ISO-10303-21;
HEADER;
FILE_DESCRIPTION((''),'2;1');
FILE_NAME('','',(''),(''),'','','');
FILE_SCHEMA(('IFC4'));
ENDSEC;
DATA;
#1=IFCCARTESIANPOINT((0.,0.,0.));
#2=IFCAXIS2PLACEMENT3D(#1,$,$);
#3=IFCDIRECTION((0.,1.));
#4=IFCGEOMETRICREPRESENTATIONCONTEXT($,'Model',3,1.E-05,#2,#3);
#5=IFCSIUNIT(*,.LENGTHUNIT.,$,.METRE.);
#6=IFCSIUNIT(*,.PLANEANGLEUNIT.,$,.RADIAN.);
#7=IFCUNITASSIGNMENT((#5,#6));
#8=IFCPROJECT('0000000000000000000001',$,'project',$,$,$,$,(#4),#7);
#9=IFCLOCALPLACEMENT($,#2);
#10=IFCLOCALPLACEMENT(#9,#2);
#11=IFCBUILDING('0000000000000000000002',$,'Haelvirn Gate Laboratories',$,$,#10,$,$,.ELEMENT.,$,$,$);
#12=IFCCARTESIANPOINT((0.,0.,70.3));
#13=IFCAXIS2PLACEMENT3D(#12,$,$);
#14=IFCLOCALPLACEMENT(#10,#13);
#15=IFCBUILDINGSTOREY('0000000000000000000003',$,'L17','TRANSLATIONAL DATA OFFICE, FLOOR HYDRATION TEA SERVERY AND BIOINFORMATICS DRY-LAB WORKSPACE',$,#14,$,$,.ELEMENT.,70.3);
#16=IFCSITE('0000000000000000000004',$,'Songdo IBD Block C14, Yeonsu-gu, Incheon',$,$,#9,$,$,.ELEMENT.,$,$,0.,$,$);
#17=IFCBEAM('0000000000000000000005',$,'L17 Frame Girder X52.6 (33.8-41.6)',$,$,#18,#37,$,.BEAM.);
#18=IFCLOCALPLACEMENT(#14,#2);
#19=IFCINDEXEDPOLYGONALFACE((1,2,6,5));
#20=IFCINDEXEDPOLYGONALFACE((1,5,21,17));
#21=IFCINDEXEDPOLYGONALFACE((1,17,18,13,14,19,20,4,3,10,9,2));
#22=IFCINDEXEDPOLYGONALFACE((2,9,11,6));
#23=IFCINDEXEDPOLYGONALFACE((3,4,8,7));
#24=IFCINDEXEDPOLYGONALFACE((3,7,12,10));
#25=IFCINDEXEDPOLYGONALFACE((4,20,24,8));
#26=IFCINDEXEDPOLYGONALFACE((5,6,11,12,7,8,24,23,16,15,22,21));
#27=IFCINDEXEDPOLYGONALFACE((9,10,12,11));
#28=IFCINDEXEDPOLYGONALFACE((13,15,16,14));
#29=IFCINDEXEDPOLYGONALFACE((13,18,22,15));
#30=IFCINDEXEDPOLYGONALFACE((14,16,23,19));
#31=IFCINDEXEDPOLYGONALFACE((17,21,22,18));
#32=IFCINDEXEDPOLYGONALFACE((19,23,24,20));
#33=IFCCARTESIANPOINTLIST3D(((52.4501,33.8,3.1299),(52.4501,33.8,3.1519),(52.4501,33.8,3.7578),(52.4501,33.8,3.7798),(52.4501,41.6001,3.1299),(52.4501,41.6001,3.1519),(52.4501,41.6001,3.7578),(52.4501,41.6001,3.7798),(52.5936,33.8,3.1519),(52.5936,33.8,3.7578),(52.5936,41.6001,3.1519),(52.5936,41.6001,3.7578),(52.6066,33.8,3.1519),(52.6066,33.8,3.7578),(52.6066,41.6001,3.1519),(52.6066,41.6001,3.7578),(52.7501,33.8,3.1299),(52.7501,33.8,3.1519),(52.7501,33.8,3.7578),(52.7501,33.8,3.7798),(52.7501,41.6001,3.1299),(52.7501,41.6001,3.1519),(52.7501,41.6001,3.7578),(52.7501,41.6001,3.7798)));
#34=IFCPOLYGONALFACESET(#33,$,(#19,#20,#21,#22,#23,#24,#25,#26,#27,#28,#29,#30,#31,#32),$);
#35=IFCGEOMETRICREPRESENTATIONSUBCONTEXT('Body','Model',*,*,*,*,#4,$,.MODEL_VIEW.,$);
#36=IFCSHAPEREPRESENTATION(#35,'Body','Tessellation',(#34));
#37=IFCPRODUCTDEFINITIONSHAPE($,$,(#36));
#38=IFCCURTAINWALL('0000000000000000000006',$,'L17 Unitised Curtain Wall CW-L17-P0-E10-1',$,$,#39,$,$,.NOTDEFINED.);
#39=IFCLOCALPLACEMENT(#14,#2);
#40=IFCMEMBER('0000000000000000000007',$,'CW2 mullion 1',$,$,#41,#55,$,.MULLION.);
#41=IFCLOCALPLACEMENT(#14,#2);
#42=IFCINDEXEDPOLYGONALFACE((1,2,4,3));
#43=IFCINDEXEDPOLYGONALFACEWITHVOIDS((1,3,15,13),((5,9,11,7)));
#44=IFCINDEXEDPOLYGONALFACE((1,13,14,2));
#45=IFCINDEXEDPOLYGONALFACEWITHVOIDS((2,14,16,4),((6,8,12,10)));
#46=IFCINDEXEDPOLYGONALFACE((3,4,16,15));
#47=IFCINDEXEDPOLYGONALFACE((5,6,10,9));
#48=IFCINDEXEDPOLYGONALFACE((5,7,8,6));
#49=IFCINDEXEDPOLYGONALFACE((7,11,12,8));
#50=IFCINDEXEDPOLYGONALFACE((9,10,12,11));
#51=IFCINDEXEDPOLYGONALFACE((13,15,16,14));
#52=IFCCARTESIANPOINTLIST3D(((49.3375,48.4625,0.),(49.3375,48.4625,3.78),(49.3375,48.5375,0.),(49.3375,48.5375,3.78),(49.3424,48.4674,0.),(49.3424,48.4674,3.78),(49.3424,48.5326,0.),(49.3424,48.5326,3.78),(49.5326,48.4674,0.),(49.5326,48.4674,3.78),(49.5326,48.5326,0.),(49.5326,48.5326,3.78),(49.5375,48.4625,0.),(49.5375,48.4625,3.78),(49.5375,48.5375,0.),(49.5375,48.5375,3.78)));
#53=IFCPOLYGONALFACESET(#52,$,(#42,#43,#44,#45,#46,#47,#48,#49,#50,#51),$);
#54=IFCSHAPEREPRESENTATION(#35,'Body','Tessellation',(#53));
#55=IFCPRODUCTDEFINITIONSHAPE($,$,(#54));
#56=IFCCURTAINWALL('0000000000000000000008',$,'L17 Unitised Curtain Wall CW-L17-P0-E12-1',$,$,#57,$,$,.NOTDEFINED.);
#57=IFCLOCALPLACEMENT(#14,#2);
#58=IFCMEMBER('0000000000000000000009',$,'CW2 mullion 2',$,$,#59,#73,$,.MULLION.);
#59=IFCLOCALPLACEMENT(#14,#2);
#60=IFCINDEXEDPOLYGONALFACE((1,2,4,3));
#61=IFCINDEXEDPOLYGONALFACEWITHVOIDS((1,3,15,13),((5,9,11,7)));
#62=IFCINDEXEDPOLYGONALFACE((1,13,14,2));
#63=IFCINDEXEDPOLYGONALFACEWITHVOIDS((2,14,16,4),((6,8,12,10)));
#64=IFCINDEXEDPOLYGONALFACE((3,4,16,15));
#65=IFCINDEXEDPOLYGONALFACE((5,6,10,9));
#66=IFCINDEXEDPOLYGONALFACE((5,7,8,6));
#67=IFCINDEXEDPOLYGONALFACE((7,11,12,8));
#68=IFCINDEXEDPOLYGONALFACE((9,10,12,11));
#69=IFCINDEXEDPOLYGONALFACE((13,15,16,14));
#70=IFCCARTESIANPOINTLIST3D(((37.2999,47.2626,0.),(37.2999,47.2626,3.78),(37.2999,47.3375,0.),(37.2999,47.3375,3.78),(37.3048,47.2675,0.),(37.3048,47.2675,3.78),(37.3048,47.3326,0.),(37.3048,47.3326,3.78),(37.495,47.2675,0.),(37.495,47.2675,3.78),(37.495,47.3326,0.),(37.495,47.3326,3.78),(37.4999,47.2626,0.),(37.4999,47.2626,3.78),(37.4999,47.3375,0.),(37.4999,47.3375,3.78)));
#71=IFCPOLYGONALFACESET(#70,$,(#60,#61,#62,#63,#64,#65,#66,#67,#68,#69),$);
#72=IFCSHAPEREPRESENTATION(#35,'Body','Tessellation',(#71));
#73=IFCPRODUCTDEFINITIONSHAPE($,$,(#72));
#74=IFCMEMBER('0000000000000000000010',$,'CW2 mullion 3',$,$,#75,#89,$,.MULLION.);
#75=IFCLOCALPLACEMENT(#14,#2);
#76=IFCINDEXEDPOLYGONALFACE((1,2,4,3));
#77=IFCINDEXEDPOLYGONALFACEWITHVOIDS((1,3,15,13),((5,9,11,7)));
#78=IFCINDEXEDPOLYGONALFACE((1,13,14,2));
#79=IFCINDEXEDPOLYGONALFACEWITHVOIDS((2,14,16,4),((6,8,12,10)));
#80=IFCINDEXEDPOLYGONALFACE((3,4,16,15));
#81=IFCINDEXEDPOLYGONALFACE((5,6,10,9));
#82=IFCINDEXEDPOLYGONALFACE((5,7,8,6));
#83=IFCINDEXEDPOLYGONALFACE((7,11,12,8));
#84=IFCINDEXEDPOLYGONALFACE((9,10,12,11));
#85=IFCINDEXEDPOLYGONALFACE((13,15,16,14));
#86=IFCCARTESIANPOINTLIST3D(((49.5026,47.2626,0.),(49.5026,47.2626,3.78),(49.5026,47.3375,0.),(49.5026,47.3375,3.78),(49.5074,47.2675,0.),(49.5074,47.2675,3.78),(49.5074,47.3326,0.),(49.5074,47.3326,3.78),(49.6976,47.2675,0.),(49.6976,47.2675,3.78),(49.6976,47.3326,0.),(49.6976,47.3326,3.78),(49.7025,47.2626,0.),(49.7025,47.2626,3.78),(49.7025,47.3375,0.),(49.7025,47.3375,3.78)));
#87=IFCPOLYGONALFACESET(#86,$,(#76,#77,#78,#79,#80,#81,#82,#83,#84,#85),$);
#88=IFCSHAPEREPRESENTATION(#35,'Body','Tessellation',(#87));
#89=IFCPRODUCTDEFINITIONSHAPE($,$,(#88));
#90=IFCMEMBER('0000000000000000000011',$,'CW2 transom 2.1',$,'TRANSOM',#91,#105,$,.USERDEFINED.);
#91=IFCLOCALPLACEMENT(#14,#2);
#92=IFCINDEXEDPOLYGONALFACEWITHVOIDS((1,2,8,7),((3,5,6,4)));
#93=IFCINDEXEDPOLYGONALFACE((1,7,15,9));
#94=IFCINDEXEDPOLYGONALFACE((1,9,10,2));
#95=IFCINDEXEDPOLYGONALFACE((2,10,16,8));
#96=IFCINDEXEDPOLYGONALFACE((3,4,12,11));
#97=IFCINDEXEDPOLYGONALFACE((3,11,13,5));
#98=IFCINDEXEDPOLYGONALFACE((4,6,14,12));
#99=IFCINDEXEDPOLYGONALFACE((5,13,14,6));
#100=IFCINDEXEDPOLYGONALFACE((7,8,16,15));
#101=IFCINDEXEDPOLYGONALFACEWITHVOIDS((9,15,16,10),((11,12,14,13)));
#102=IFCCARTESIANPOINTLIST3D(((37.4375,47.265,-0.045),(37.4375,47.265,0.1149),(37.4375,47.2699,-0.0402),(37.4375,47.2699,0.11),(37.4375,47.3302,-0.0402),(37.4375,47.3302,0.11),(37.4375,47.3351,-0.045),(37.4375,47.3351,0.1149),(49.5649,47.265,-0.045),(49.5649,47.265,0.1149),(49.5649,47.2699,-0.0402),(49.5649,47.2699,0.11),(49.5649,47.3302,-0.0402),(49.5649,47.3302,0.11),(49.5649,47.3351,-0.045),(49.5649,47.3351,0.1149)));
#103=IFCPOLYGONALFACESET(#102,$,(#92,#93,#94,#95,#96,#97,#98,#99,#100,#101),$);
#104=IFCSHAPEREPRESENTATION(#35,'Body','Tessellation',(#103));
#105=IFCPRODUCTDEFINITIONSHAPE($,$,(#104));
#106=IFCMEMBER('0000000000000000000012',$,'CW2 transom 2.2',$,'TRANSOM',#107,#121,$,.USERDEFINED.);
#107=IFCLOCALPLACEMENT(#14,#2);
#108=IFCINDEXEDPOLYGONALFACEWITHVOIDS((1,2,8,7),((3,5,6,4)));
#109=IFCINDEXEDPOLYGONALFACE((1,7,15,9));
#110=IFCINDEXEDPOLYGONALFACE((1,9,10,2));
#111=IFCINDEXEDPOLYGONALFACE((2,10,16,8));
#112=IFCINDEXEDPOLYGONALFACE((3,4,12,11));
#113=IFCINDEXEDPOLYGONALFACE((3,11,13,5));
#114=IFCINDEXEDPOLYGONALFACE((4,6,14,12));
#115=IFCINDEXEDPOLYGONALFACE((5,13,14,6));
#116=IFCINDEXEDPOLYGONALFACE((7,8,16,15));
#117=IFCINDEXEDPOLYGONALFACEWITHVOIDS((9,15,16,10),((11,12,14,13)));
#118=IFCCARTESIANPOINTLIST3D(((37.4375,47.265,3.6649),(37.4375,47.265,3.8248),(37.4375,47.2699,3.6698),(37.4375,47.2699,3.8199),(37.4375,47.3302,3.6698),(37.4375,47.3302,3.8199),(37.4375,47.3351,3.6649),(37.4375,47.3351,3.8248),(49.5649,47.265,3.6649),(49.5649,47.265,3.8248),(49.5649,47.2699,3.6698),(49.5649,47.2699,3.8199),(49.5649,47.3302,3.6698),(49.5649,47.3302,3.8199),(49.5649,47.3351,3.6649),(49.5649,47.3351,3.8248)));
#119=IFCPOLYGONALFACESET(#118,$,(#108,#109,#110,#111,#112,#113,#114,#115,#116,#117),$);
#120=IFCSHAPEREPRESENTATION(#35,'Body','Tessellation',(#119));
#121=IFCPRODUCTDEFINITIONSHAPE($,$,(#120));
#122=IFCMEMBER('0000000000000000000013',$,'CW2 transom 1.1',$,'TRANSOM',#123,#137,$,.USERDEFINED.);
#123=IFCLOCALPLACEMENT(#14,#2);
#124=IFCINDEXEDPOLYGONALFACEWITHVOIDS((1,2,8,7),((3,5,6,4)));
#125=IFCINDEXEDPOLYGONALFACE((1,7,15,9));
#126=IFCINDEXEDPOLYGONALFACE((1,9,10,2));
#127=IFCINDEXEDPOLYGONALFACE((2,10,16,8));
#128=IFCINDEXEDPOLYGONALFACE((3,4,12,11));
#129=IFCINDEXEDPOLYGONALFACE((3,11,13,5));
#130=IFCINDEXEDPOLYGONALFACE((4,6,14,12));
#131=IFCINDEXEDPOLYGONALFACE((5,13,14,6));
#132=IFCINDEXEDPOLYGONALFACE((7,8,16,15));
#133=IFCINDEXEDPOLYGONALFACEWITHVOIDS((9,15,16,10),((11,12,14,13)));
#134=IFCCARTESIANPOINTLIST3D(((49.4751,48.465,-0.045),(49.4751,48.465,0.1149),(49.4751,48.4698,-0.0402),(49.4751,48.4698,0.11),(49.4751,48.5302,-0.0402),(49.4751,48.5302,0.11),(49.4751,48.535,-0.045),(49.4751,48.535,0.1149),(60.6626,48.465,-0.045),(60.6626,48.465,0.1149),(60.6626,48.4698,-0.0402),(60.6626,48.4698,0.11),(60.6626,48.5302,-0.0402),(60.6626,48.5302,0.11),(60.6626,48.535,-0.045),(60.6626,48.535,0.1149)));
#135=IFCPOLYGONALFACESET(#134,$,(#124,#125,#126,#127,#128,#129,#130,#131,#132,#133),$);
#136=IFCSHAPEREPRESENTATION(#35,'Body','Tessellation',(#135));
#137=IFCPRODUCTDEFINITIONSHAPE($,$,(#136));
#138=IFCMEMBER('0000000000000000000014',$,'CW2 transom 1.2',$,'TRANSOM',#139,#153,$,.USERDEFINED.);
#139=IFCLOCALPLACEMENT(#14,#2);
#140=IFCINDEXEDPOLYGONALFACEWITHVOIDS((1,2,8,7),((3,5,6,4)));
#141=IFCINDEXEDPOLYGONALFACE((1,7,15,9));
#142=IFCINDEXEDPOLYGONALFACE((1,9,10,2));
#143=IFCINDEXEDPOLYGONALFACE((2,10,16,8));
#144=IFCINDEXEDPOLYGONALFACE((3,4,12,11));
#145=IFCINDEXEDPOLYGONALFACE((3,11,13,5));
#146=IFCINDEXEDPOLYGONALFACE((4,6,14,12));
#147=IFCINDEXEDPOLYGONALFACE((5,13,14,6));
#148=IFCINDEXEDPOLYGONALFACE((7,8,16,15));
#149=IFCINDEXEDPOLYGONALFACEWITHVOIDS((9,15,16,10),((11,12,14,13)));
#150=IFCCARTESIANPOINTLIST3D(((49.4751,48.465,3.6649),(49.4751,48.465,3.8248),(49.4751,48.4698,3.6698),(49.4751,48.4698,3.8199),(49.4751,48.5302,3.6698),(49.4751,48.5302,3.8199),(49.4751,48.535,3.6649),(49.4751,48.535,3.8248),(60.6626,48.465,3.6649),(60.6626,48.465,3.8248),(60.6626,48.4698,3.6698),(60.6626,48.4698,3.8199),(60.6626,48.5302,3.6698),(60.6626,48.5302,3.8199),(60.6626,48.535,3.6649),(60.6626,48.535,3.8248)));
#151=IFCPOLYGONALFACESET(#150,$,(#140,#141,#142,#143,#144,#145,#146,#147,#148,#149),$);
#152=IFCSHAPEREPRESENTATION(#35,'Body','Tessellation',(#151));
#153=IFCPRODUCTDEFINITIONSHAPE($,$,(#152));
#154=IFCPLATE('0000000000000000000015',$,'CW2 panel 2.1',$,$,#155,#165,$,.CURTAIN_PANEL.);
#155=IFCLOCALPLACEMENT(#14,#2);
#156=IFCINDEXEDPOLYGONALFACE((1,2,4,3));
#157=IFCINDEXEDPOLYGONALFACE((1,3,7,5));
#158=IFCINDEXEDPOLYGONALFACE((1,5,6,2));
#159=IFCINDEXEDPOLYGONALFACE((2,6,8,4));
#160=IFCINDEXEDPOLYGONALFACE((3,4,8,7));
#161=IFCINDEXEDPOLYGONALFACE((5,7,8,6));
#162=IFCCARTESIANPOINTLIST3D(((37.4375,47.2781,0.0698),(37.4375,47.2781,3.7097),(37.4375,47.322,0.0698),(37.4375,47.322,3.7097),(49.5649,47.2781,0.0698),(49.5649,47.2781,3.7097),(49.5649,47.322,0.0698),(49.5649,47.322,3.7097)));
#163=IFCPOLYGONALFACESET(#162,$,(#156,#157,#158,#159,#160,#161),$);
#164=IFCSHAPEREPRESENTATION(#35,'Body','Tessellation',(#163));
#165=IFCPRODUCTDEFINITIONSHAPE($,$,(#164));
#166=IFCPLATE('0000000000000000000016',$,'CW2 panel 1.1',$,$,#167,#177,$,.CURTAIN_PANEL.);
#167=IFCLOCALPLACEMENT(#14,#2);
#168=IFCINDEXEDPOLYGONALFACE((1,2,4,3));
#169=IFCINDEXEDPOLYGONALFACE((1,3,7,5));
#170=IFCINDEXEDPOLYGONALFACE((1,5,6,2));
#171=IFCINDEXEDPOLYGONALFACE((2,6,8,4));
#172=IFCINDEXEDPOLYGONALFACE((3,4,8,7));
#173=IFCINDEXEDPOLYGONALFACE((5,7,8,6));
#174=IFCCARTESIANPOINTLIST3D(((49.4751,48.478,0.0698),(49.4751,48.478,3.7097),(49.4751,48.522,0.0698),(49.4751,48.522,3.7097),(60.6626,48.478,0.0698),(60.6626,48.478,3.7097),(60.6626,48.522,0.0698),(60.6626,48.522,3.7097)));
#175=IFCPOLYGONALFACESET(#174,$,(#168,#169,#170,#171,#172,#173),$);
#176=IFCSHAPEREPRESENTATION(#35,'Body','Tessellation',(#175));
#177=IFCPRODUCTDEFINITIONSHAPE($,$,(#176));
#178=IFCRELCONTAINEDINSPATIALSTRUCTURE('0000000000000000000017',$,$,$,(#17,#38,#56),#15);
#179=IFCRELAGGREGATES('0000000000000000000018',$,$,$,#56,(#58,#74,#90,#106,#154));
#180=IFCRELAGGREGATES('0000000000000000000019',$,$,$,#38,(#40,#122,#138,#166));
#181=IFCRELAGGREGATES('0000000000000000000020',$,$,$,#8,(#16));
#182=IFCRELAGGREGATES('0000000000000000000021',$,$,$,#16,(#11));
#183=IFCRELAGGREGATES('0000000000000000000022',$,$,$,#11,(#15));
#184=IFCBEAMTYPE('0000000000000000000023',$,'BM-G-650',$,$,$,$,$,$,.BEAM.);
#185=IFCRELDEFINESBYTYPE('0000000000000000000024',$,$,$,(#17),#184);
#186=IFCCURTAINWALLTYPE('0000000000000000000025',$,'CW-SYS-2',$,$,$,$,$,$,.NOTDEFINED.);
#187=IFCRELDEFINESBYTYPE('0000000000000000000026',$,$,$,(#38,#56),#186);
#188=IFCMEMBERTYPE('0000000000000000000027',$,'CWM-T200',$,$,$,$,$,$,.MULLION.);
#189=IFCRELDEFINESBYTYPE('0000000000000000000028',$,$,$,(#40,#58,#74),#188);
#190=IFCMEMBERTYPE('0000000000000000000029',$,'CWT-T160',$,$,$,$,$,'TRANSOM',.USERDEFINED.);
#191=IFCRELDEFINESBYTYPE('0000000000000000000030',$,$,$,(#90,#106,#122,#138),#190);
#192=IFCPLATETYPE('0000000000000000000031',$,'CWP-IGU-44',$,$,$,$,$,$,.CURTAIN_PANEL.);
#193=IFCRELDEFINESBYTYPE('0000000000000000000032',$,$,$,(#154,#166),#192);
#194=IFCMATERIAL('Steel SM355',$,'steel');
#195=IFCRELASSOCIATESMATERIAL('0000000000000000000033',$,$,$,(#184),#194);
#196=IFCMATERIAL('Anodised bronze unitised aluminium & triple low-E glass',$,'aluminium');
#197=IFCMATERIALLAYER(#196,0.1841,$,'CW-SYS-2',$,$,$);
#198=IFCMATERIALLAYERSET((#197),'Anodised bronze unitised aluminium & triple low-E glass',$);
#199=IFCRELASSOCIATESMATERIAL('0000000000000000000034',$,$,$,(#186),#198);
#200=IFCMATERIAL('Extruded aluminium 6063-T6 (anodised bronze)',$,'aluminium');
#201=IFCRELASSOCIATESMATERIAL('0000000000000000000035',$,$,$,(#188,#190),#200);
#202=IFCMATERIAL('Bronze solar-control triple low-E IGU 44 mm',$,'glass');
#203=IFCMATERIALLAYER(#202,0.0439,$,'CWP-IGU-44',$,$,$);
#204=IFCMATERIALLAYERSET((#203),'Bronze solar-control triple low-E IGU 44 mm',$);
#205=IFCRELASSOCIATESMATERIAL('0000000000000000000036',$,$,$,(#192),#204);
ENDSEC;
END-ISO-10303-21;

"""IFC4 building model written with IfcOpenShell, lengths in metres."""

from ifc_helpers import new_model, si_unit, direction, frame, origin, origin_2d, place, context, subcontext, project, spatial, rectangle, hollow_rectangle, i_section, extrude, source, transform, mapped, material, layer, layer_set, material_profile, profile_set, type_object, type_shapes, element, aggregate, save


model = new_model("IFC4")

# Units and contexts
model_context = context("Model", 3, precision=1e-05, world=origin(), true_north=direction((0.0, 1.0)))
body_context = subcontext(model_context, "Body", "Model", "MODEL_VIEW")
ifc_project = project(units=[si_unit("LENGTHUNIT", "METRE"), si_unit("PLANEANGLEUNIT", "RADIAN")], contexts=[model_context])

# Site, building, storey
site_placement = place(None, origin())
site = spatial("IfcSite", under=ifc_project, at=site_placement, Name="Songdo IBD Block C14, Yeonsu-gu, Incheon", CompositionType="ELEMENT", RefElevation=0.0)
building_placement = place(site_placement, origin())
building = spatial("IfcBuilding", under=site, at=building_placement, Name="Haelvirn Gate Laboratories", CompositionType="ELEMENT")
storey_placement = place(building_placement, frame((0.0, 0.0, 70.3)))
storey = spatial("IfcBuildingStorey", under=building, at=storey_placement, Name="L17", Description="TRANSLATIONAL DATA OFFICE, FLOOR HYDRATION TEA SERVERY AND BIOINFORMATICS DRY-LAB WORKSPACE", CompositionType="ELEMENT", Elevation=70.3)

# Beam
ifc_material_1 = material(Name="Steel SM355", Category="steel")
ifc_material_profile_1 = material_profile(ifc_material_1, i_section(OverallWidth=0.3, OverallDepth=0.6499, WebThickness=0.0129, FlangeThickness=0.022, at=origin_2d()), Name="H-650x300x13x22")
ifc_profile_set_1 = profile_set([ifc_material_profile_1], Name="Steel SM355")
beam_type_1 = type_object("IfcBeamType", Name="BM-G-650", PredefinedType="BEAM", material=ifc_profile_set_1)
shared_shape_1 = source(origin(), body_context, "Body", "SweptSolid", [
    extrude(i_section(OverallWidth=0.3, OverallDepth=0.6499, WebThickness=0.0129, FlangeThickness=0.022, at=origin_2d()), origin(), (0.0, 0.0, 1.0), 7.8),
])
type_shapes(beam_type_1, [shared_shape_1])
beam_1_placement = place(storey_placement, frame((52.6001, 33.8, 3.4548), z_axis=(0.0, 1.0, 0.0), x_axis=(-1.0, 0.0, 0.0)))
element("IfcBeam", 1, at=beam_1_placement, inside=storey, type_object=beam_type_1, Name="L17 Frame Girder X52.6 (33.8-41.6)", PredefinedType="BEAM", context=body_context, shape_type="MappedRepresentation", body=[
    mapped(shared_shape_1, transform((0.0, 0.0, 0.0), scale=1.0)),
])

# Curtain wall, member
ifc_material_2 = material(Name="Anodised bronze unitised aluminium & triple low-E glass", Category="aluminium")
ifc_layer_1 = layer(ifc_material_2, 0.1841, Name="CW-SYS-2")
ifc_layer_set_1 = layer_set([ifc_layer_1], Name="Anodised bronze unitised aluminium & triple low-E glass")
curtain_wall_type = type_object("IfcCurtainWallType", Name="CW-SYS-2", PredefinedType="NOTDEFINED", material=ifc_layer_set_1)
curtain_wall_1_placement = place(storey_placement, origin())
curtain_wall_1 = element("IfcCurtainWall", 2, at=curtain_wall_1_placement, inside=storey, type_object=curtain_wall_type, Name="L17 Unitised Curtain Wall CW-L17-P0-E10-1", PredefinedType="NOTDEFINED")
ifc_material_3 = material(Name="Extruded aluminium 6063-T6 (anodised bronze)", Category="aluminium")
ifc_material_profile_2 = material_profile(ifc_material_3, hollow_rectangle(XDim=0.075, YDim=0.2, WallThickness=0.0049, at=origin_2d()), Name="CWM-200x75x5")
ifc_profile_set_2 = profile_set([ifc_material_profile_2], Name="Extruded aluminium 6063-T6 (anodised bronze)")
member_type_1 = type_object("IfcMemberType", Name="CWM-T200", PredefinedType="MULLION", material=ifc_profile_set_2)
shared_shape_2 = source(origin(), body_context, "Body", "SweptSolid", [
    extrude(hollow_rectangle(XDim=0.075, YDim=0.2, WallThickness=0.0049, at=origin_2d()), origin(), (0.0, 0.0, 1.0), 3.78),
])
type_shapes(member_type_1, [shared_shape_2])
member_1_placement = place(storey_placement, frame((49.4375, 48.5, 0.0), z_axis=(0.0, 0.0, 1.0), x_axis=(0.0, 1.0, 0.0)))
member_1 = element("IfcMember", 3, at=member_1_placement, type_object=member_type_1, Name="CW2 mullion 1", PredefinedType="MULLION", context=body_context, shape_type="MappedRepresentation", body=[
    mapped(shared_shape_2, transform((0.0, 0.0, 0.0), scale=1.0)),
])

# Curtain wall, members
curtain_wall_2_placement = place(storey_placement, origin())
curtain_wall_2 = element("IfcCurtainWall", 4, at=curtain_wall_2_placement, inside=storey, type_object=curtain_wall_type, Name="L17 Unitised Curtain Wall CW-L17-P0-E12-1", PredefinedType="NOTDEFINED")
member_2_placement = place(storey_placement, frame((37.3999, 47.3, 0.0), z_axis=(0.0, 0.0, 1.0), x_axis=(0.0, 1.0, 0.0)))
member_2 = element("IfcMember", 5, at=member_2_placement, type_object=member_type_1, Name="CW2 mullion 2", PredefinedType="MULLION", context=body_context, shape_type="MappedRepresentation", body=[
    mapped(shared_shape_2, transform((0.0, 0.0, 0.0), scale=1.0)),
])
member_3_placement = place(storey_placement, frame((49.6025, 47.3, 0.0), z_axis=(0.0, 0.0, 1.0), x_axis=(0.0, 1.0, 0.0)))
member_3 = element("IfcMember", 6, at=member_3_placement, type_object=member_type_1, Name="CW2 mullion 3", PredefinedType="MULLION", context=body_context, shape_type="MappedRepresentation", body=[
    mapped(shared_shape_2, transform((0.0, 0.0, 0.0), scale=1.0)),
])
ifc_material_profile_3 = material_profile(ifc_material_3, hollow_rectangle(XDim=0.0701, YDim=0.1599, WallThickness=0.0049, at=origin_2d()), Name="CWT-160x70x5")
ifc_profile_set_3 = profile_set([ifc_material_profile_3], Name="Extruded aluminium 6063-T6 (anodised bronze)")
member_type_2 = type_object("IfcMemberType", Name="CWT-T160", ElementType="TRANSOM", PredefinedType="USERDEFINED", material=ifc_profile_set_3)
shared_shape_3 = source(origin(), body_context, "Body", "SweptSolid", [
    extrude(hollow_rectangle(XDim=0.0701, YDim=0.1599, WallThickness=0.0049, at=origin_2d()), origin(), (0.0, 0.0, 1.0), 12.1274),
])
member_4_placement = place(storey_placement, frame((37.4375, 47.3, 0.0349), z_axis=(1.0, 0.0, 0.0), x_axis=(0.0, 1.0, 0.0)))
member_4 = element("IfcMember", 7, at=member_4_placement, type_object=member_type_2, Name="CW2 transom 2.1", ObjectType="TRANSOM", PredefinedType="USERDEFINED", context=body_context, shape_type="MappedRepresentation", body=[
    mapped(shared_shape_3, transform((0.0, 0.0, 0.0), scale=1.0)),
])
member_5_placement = place(storey_placement, frame((37.4375, 47.3, 3.7449), z_axis=(1.0, 0.0, 0.0), x_axis=(0.0, 1.0, 0.0)))
member_5 = element("IfcMember", 8, at=member_5_placement, type_object=member_type_2, Name="CW2 transom 2.2", ObjectType="TRANSOM", PredefinedType="USERDEFINED", context=body_context, shape_type="MappedRepresentation", body=[
    mapped(shared_shape_3, transform((0.0, 0.0, 0.0), scale=1.0)),
])

# Members
shared_shape_4 = source(origin(), body_context, "Body", "SweptSolid", [
    extrude(hollow_rectangle(XDim=0.0701, YDim=0.1599, WallThickness=0.0049, at=origin_2d()), origin(), (0.0, 0.0, 1.0), 11.1875),
])
type_shapes(member_type_2, [shared_shape_3, shared_shape_4])
member_6_placement = place(storey_placement, frame((49.4751, 48.5, 0.0349), z_axis=(1.0, 0.0, 0.0), x_axis=(0.0, 1.0, 0.0)))
member_6 = element("IfcMember", 9, at=member_6_placement, type_object=member_type_2, Name="CW2 transom 1.1", ObjectType="TRANSOM", PredefinedType="USERDEFINED", context=body_context, shape_type="MappedRepresentation", body=[
    mapped(shared_shape_4, transform((0.0, 0.0, 0.0), scale=1.0)),
])
member_7_placement = place(storey_placement, frame((49.4751, 48.5, 3.7449), z_axis=(1.0, 0.0, 0.0), x_axis=(0.0, 1.0, 0.0)))
member_7 = element("IfcMember", 10, at=member_7_placement, type_object=member_type_2, Name="CW2 transom 1.2", ObjectType="TRANSOM", PredefinedType="USERDEFINED", context=body_context, shape_type="MappedRepresentation", body=[
    mapped(shared_shape_4, transform((0.0, 0.0, 0.0), scale=1.0)),
])

# Plates
ifc_material_4 = material(Name="Bronze solar-control triple low-E IGU 44 mm", Category="glass")
ifc_layer_2 = layer(ifc_material_4, 0.0439, Name="CWP-IGU-44")
ifc_layer_set_2 = layer_set([ifc_layer_2], Name="Bronze solar-control triple low-E IGU 44 mm")
plate_type = type_object("IfcPlateType", Name="CWP-IGU-44", PredefinedType="CURTAIN_PANEL", material=ifc_layer_set_2)
shared_shape_5 = source(origin(), body_context, "Body", "SweptSolid", [
    extrude(rectangle(XDim=12.1274, YDim=0.0439, at=origin_2d()), origin(), (0.0, 0.0, 1.0), 3.6399),
])
plate_1_placement = place(storey_placement, frame((43.5012, 47.3, 0.0698), z_axis=(0.0, 0.0, 1.0), x_axis=(1.0, 0.0, 0.0)))
plate_1 = element("IfcPlate", 11, at=plate_1_placement, type_object=plate_type, Name="CW2 panel 2.1", PredefinedType="CURTAIN_PANEL", context=body_context, shape_type="MappedRepresentation", body=[
    mapped(shared_shape_5, transform((0.0, 0.0, 0.0), scale=1.0)),
])
aggregate(curtain_wall_2, [member_2, member_3, member_4, member_5, plate_1])
shared_shape_6 = source(origin(), body_context, "Body", "SweptSolid", [
    extrude(rectangle(XDim=11.1875, YDim=0.0439, at=origin_2d()), origin(), (0.0, 0.0, 1.0), 3.6399),
])
type_shapes(plate_type, [shared_shape_5, shared_shape_6])
plate_2_placement = place(storey_placement, frame((55.0688, 48.5, 0.0698), z_axis=(0.0, 0.0, 1.0), x_axis=(1.0, 0.0, 0.0)))
plate_2 = element("IfcPlate", 12, at=plate_2_placement, type_object=plate_type, Name="CW2 panel 1.1", PredefinedType="CURTAIN_PANEL", context=body_context, shape_type="MappedRepresentation", body=[
    mapped(shared_shape_6, transform((0.0, 0.0, 0.0), scale=1.0)),
])
aggregate(curtain_wall_1, [member_1, member_6, member_7, plate_2])

save(model, "model.ifc")
